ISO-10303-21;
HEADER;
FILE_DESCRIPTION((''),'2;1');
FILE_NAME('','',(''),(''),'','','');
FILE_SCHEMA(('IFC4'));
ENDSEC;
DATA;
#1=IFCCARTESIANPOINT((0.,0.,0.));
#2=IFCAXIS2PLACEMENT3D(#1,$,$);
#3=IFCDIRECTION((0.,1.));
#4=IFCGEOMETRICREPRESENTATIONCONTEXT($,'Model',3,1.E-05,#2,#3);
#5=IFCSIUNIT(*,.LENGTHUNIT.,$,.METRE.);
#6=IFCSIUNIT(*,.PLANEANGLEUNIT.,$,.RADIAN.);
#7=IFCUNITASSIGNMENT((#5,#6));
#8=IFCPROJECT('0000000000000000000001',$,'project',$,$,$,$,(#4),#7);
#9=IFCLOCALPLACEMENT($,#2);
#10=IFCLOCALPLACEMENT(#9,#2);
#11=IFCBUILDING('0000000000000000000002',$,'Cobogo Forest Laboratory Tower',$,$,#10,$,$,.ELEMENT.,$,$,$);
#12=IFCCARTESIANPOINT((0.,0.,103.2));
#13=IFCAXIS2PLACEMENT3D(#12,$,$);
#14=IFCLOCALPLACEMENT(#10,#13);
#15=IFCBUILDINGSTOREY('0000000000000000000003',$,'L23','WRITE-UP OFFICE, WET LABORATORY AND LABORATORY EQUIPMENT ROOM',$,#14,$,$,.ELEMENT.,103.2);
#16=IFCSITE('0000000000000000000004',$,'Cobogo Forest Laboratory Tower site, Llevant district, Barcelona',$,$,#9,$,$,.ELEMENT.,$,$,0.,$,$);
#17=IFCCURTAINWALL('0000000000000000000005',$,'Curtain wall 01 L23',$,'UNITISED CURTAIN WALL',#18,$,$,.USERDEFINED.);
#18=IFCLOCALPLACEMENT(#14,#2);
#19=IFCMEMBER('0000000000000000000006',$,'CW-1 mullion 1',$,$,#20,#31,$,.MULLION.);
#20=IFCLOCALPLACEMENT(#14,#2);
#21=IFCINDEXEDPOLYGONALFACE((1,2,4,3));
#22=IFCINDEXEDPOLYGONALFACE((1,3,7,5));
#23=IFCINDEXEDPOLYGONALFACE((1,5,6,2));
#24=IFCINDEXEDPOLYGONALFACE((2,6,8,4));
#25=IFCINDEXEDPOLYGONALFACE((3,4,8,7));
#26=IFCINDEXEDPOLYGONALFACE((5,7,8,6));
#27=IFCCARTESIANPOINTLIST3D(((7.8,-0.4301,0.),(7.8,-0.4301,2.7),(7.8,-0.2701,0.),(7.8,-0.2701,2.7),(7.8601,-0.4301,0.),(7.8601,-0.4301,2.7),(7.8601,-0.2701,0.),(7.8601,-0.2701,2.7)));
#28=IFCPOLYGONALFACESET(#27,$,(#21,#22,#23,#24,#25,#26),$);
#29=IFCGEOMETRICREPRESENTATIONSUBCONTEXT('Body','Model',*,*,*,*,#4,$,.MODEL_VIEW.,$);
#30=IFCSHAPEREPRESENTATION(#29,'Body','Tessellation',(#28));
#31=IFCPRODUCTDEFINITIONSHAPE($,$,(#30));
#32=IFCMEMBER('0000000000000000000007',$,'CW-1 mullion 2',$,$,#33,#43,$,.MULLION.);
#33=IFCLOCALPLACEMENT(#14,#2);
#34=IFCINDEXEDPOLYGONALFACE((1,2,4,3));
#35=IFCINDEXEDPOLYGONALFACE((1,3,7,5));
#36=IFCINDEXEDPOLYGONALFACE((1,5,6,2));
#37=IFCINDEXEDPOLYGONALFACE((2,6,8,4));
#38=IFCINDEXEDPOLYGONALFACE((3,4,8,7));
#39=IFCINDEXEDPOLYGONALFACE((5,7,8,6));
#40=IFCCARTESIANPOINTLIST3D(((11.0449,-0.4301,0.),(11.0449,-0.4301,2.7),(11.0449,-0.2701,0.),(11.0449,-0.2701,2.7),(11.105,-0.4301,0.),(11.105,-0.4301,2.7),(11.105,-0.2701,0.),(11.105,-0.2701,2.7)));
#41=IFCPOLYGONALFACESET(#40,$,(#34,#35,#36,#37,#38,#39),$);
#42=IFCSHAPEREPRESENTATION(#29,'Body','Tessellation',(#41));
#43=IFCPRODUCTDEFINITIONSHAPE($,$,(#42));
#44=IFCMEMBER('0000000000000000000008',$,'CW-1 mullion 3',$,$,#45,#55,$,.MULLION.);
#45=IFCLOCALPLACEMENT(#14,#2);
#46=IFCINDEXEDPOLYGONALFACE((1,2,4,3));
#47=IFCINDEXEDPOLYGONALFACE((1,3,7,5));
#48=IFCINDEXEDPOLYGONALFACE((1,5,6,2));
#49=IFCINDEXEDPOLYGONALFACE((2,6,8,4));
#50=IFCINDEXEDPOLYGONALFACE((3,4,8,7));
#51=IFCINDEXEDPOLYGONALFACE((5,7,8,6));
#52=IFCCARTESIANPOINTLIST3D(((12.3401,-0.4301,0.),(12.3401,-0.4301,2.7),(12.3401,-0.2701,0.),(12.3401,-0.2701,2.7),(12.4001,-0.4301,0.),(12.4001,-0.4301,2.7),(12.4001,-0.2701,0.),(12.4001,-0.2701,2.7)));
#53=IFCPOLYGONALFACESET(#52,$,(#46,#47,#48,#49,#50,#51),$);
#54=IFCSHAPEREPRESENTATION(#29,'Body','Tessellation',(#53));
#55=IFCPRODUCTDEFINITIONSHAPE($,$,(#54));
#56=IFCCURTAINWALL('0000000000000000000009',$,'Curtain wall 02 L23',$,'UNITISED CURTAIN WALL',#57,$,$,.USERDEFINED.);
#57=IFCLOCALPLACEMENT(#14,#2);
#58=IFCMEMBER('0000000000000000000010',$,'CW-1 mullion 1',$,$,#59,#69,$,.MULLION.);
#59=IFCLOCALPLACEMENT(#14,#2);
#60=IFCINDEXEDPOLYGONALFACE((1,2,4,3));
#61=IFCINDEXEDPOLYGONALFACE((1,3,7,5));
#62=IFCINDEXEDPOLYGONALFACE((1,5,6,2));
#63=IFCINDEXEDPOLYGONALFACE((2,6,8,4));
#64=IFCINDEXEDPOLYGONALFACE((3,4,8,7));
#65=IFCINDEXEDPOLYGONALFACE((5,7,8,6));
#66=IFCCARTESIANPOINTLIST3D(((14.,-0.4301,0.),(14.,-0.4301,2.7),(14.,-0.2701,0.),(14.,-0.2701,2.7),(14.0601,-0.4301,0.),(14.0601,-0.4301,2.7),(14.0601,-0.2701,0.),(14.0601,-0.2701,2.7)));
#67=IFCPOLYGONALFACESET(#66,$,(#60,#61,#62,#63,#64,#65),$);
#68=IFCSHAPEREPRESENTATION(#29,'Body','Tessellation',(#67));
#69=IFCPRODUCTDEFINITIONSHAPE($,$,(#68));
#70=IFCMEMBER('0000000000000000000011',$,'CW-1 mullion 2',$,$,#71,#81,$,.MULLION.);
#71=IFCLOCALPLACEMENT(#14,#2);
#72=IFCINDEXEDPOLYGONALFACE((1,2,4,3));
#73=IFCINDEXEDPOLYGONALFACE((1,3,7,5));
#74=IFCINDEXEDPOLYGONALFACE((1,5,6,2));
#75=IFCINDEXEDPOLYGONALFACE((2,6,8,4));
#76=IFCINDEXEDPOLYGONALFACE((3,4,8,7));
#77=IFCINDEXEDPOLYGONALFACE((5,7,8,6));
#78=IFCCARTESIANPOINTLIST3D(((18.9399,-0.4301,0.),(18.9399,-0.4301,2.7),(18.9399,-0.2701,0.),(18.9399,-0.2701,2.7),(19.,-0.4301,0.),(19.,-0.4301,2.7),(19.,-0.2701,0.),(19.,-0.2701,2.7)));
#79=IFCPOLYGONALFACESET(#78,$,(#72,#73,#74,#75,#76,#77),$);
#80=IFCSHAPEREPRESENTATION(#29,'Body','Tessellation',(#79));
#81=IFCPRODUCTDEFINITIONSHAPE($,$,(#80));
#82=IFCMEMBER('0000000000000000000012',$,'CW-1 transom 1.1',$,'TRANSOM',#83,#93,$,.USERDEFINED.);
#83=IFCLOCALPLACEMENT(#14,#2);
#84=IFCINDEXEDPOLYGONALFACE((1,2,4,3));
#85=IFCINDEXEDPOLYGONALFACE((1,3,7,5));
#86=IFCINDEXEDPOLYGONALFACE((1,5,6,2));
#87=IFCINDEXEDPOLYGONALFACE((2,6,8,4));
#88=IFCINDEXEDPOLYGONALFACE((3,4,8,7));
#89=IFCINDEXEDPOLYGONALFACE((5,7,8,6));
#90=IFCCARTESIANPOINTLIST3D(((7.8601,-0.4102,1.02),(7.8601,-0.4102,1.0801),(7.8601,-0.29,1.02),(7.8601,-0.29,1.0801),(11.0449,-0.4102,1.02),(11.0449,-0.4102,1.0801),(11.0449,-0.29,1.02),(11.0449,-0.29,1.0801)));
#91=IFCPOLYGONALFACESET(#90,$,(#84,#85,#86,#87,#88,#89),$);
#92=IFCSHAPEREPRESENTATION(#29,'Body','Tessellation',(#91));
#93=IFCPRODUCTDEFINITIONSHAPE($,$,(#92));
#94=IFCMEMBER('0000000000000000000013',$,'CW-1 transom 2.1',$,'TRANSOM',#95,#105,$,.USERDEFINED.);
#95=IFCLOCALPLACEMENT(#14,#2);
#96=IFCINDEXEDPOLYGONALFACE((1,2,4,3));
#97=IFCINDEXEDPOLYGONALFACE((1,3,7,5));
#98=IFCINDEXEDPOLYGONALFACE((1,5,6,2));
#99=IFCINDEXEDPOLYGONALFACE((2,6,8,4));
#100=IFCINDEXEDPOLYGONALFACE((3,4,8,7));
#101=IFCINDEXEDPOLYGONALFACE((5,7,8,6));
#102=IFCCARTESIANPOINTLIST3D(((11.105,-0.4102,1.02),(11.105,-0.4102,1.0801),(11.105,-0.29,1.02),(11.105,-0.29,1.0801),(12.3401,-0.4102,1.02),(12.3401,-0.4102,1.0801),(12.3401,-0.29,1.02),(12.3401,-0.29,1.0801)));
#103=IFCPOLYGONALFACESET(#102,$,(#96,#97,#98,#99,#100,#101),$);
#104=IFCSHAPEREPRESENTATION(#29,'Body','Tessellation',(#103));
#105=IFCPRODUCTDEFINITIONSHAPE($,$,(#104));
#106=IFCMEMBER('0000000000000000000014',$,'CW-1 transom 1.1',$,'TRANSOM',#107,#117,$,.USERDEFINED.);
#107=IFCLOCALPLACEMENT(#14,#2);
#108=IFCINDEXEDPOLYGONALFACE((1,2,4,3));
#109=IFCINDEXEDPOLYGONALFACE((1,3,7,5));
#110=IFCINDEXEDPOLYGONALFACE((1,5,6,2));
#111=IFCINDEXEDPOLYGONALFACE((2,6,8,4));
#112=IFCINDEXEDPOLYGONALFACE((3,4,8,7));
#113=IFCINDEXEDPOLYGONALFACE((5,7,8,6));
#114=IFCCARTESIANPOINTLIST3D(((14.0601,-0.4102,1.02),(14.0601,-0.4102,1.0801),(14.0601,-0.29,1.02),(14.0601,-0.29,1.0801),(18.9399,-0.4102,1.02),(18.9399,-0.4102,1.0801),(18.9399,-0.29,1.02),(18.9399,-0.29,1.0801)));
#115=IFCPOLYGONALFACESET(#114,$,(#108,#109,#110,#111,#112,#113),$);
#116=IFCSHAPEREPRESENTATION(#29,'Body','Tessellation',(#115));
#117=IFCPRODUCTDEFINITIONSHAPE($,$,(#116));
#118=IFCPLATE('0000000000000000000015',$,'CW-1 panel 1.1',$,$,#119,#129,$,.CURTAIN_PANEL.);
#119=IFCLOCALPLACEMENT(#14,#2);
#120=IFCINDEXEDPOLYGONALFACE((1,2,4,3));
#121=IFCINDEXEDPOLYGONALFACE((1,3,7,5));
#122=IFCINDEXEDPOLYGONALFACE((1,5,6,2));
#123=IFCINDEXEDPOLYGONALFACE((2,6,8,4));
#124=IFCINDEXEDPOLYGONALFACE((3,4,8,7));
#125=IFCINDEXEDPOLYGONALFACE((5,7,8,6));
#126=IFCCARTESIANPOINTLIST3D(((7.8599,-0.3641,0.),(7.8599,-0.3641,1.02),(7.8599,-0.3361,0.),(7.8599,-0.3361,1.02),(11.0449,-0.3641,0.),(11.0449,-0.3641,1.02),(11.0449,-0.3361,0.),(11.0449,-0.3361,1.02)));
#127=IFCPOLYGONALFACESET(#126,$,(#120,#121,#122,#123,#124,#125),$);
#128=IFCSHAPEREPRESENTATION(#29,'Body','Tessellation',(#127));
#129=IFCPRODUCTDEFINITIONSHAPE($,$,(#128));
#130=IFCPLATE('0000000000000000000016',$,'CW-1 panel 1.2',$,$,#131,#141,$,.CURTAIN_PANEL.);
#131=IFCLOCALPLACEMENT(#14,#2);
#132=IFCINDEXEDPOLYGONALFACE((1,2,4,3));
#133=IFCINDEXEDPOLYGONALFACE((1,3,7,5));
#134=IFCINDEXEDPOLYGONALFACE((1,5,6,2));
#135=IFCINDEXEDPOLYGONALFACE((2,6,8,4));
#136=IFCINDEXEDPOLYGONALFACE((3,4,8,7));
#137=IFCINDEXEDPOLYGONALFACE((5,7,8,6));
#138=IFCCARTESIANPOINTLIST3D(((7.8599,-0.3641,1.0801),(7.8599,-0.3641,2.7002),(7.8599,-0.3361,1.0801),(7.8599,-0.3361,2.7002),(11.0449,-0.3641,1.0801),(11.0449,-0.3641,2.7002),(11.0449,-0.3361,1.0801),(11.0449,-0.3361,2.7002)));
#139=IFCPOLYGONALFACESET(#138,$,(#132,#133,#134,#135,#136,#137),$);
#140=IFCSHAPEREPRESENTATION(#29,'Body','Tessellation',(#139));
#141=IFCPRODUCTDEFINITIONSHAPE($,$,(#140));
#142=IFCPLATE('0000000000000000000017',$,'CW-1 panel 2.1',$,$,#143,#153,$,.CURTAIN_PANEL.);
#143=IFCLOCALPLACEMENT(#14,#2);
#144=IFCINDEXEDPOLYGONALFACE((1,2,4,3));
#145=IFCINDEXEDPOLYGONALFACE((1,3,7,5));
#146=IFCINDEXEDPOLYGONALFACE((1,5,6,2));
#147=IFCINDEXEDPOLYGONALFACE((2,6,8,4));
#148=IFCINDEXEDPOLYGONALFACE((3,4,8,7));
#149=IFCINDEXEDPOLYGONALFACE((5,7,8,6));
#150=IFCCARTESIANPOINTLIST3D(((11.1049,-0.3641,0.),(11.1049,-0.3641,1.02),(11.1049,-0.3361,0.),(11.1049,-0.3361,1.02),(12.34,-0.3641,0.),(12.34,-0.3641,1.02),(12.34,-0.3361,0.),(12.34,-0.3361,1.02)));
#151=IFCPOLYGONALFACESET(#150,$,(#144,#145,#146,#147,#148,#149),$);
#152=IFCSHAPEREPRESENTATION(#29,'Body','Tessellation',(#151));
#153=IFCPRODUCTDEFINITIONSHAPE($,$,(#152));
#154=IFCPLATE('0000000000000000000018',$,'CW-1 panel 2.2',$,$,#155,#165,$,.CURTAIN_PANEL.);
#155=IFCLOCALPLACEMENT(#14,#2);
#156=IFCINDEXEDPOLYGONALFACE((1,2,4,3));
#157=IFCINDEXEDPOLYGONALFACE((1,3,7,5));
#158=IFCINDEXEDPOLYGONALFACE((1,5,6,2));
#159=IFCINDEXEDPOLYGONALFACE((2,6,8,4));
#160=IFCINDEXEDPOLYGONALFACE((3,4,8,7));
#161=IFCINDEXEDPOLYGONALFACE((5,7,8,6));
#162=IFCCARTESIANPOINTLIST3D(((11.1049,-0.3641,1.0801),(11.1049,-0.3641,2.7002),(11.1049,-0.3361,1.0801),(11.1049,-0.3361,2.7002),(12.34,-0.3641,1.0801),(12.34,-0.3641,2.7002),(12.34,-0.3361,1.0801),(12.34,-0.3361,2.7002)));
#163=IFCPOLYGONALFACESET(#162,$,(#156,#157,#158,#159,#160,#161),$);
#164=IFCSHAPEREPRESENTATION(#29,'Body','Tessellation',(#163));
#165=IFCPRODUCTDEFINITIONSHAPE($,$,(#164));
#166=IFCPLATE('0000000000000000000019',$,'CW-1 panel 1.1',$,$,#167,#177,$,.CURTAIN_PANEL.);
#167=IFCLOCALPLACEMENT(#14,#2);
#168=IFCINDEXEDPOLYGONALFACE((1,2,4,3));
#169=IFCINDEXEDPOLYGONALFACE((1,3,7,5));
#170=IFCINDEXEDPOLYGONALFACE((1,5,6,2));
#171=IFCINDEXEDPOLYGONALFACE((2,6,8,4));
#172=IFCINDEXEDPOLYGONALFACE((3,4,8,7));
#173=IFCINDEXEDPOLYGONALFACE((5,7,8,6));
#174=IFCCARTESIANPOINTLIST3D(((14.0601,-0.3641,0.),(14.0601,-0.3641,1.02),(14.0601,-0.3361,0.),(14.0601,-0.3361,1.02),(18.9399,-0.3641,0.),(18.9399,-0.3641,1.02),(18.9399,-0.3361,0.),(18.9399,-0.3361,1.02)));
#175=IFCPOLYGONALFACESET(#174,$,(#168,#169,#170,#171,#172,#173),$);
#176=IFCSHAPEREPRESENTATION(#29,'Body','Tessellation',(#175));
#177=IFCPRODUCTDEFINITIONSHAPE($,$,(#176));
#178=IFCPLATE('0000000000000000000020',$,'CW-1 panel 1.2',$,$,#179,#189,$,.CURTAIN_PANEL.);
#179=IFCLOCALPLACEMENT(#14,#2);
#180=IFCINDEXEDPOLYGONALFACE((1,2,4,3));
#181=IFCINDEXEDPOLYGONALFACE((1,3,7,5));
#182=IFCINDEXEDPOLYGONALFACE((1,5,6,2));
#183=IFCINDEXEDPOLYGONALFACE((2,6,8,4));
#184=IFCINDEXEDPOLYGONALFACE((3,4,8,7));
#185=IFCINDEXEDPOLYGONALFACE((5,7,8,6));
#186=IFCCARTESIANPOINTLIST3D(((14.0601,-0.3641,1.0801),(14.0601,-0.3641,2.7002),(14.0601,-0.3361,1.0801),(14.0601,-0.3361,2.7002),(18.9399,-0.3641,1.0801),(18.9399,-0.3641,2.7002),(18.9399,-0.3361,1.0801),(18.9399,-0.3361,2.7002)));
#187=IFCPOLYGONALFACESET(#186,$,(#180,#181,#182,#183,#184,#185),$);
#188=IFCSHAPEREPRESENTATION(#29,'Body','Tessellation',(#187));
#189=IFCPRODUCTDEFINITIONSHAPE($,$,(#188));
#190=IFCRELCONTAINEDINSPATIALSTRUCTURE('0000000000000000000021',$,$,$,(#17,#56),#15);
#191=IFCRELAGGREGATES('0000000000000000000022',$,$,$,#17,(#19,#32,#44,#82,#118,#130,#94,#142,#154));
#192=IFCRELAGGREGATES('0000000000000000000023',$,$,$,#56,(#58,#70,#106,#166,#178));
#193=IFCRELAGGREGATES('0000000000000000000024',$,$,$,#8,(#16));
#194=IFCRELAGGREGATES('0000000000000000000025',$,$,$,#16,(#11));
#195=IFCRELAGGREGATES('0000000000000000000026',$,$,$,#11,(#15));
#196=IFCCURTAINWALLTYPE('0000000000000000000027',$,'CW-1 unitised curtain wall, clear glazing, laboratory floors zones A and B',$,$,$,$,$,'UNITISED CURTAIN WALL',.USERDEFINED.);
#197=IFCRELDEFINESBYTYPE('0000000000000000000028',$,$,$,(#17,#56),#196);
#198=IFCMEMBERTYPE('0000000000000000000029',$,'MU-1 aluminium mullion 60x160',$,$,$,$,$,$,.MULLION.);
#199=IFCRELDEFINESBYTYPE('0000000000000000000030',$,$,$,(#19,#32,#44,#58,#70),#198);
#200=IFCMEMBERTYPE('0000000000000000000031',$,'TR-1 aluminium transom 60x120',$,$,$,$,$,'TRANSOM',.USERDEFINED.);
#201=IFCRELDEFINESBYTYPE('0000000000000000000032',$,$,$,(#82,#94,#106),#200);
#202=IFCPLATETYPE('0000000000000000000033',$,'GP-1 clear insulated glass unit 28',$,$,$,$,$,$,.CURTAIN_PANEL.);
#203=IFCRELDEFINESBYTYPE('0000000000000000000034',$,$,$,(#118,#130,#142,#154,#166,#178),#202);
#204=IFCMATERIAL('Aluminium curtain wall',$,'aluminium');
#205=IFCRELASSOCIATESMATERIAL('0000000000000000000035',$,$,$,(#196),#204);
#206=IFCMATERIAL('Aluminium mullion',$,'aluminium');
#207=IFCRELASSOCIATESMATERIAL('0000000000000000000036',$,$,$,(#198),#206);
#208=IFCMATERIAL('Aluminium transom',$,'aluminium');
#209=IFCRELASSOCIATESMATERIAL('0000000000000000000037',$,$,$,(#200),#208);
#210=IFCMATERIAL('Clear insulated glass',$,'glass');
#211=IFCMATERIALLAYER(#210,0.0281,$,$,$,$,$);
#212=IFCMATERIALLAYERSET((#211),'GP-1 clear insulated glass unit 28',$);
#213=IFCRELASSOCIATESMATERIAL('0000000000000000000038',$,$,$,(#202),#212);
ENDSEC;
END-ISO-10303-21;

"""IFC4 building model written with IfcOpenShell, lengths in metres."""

from ifc_helpers import new_model, si_unit, direction, frame, origin, origin_2d, place, context, subcontext, project, spatial, rectangle, extrude, material, layer, layer_set, material_profile, profile_set, type_object, element, aggregate, save


model = new_model("IFC4")

# Units and contexts
model_context = context("Model", 3, precision=1e-05, world=origin(), true_north=direction((0.0, 1.0)))
body_context = subcontext(model_context, "Body", "Model", "MODEL_VIEW")
ifc_project = project(units=[si_unit("LENGTHUNIT", "METRE"), si_unit("PLANEANGLEUNIT", "RADIAN")], contexts=[model_context])

# Site, building, storey
site_placement = place(None, origin())
site = spatial("IfcSite", under=ifc_project, at=site_placement, Name="Cobogo Forest Laboratory Tower site, Llevant district, Barcelona", CompositionType="ELEMENT", RefElevation=0.0)
building_placement = place(site_placement, origin())
building = spatial("IfcBuilding", under=site, at=building_placement, Name="Cobogo Forest Laboratory Tower", CompositionType="ELEMENT")
storey_placement = place(building_placement, frame((0.0, 0.0, 103.2)))
storey = spatial("IfcBuildingStorey", under=building, at=storey_placement, Name="L23", Description="WRITE-UP OFFICE, WET LABORATORY AND LABORATORY EQUIPMENT ROOM", CompositionType="ELEMENT", Elevation=103.2)

# Curtain walls, members
ifc_material_1 = material(Name="Aluminium curtain wall", Category="aluminium")
curtain_wall_type = type_object("IfcCurtainWallType", Name="CW-1 unitised curtain wall, clear glazing, laboratory floors zones A and B", ElementType="UNITISED CURTAIN WALL", PredefinedType="USERDEFINED", material=ifc_material_1)
curtain_wall_1_placement = place(storey_placement, origin())
curtain_wall_1 = element("IfcCurtainWall", 1, at=curtain_wall_1_placement, inside=storey, type_object=curtain_wall_type, Name="Curtain wall 01 L23", ObjectType="UNITISED CURTAIN WALL", PredefinedType="USERDEFINED")
ifc_material_2 = material(Name="Aluminium mullion", Category="aluminium")
ifc_material_profile_1 = material_profile(ifc_material_2, rectangle(XDim=0.0601, YDim=0.1599, at=origin_2d()), Name="AL 60x160")
ifc_profile_set_1 = profile_set([ifc_material_profile_1], Name="Aluminium mullion")
member_type_1 = type_object("IfcMemberType", Name="MU-1 aluminium mullion 60x160", PredefinedType="MULLION", material=ifc_profile_set_1)
member_1_placement = place(storey_placement, frame((7.8301, -0.3501, 0.0), z_axis=(0.0, 0.0, 1.0), x_axis=(1.0, 0.0, 0.0)))
member_1 = element("IfcMember", 2, at=member_1_placement, type_object=member_type_1, Name="CW-1 mullion 1", PredefinedType="MULLION", context=body_context, shape_type="SweptSolid", body=[
    extrude(rectangle(XDim=0.0601, YDim=0.1599, at=origin_2d()), origin(), (0.0, 0.0, 1.0), 2.7),
])
member_2_placement = place(storey_placement, frame((11.075, -0.3501, 0.0), z_axis=(0.0, 0.0, 1.0), x_axis=(1.0, 0.0, 0.0)))
member_2 = element("IfcMember", 3, at=member_2_placement, type_object=member_type_1, Name="CW-1 mullion 2", PredefinedType="MULLION", context=body_context, shape_type="SweptSolid", body=[
    extrude(rectangle(XDim=0.0601, YDim=0.1599, at=origin_2d()), origin(), (0.0, 0.0, 1.0), 2.7),
])
member_3_placement = place(storey_placement, frame((12.3701, -0.3501, 0.0), z_axis=(0.0, 0.0, 1.0), x_axis=(1.0, 0.0, 0.0)))
member_3 = element("IfcMember", 4, at=member_3_placement, type_object=member_type_1, Name="CW-1 mullion 3", PredefinedType="MULLION", context=body_context, shape_type="SweptSolid", body=[
    extrude(rectangle(XDim=0.0601, YDim=0.1599, at=origin_2d()), origin(), (0.0, 0.0, 1.0), 2.7),
])
curtain_wall_2_placement = place(storey_placement, origin())
curtain_wall_2 = element("IfcCurtainWall", 5, at=curtain_wall_2_placement, inside=storey, type_object=curtain_wall_type, Name="Curtain wall 02 L23", ObjectType="UNITISED CURTAIN WALL", PredefinedType="USERDEFINED")
member_4_placement = place(storey_placement, frame((14.03, -0.3501, 0.0), z_axis=(0.0, 0.0, 1.0), x_axis=(1.0, 0.0, 0.0)))
member_4 = element("IfcMember", 6, at=member_4_placement, type_object=member_type_1, Name="CW-1 mullion 1", PredefinedType="MULLION", context=body_context, shape_type="SweptSolid", body=[
    extrude(rectangle(XDim=0.0601, YDim=0.1599, at=origin_2d()), origin(), (0.0, 0.0, 1.0), 2.7),
])
member_5_placement = place(storey_placement, frame((18.97, -0.3501, 0.0), z_axis=(0.0, 0.0, 1.0), x_axis=(1.0, 0.0, 0.0)))
member_5 = element("IfcMember", 7, at=member_5_placement, type_object=member_type_1, Name="CW-1 mullion 2", PredefinedType="MULLION", context=body_context, shape_type="SweptSolid", body=[
    extrude(rectangle(XDim=0.0601, YDim=0.1599, at=origin_2d()), origin(), (0.0, 0.0, 1.0), 2.7),
])

# Members
ifc_material_3 = material(Name="Aluminium transom", Category="aluminium")
ifc_material_profile_2 = material_profile(ifc_material_3, rectangle(XDim=0.1201, YDim=0.0601, at=origin_2d()), Name="AL 60x120")
ifc_profile_set_2 = profile_set([ifc_material_profile_2], Name="Aluminium transom")
member_type_2 = type_object("IfcMemberType", Name="TR-1 aluminium transom 60x120", ElementType="TRANSOM", PredefinedType="USERDEFINED", material=ifc_profile_set_2)
member_6_placement = place(storey_placement, frame((7.8601, -0.3501, 1.05), z_axis=(1.0, 0.0, 0.0), x_axis=(0.0, 1.0, 0.0)))
member_6 = element("IfcMember", 8, at=member_6_placement, type_object=member_type_2, Name="CW-1 transom 1.1", ObjectType="TRANSOM", PredefinedType="USERDEFINED", context=body_context, shape_type="SweptSolid", body=[
    extrude(rectangle(XDim=0.1201, YDim=0.0601, at=origin_2d()), origin(), (0.0, 0.0, 1.0), 3.1848),
])
member_7_placement = place(storey_placement, frame((11.105, -0.3501, 1.05), z_axis=(1.0, 0.0, 0.0), x_axis=(0.0, 1.0, 0.0)))
member_7 = element("IfcMember", 9, at=member_7_placement, type_object=member_type_2, Name="CW-1 transom 2.1", ObjectType="TRANSOM", PredefinedType="USERDEFINED", context=body_context, shape_type="SweptSolid", body=[
    extrude(rectangle(XDim=0.1201, YDim=0.0601, at=origin_2d()), origin(), (0.0, 0.0, 1.0), 1.2351),
])
member_8_placement = place(storey_placement, frame((14.0601, -0.3501, 1.05), z_axis=(1.0, 0.0, 0.0), x_axis=(0.0, 1.0, 0.0)))
member_8 = element("IfcMember", 10, at=member_8_placement, type_object=member_type_2, Name="CW-1 transom 1.1", ObjectType="TRANSOM", PredefinedType="USERDEFINED", context=body_context, shape_type="SweptSolid", body=[
    extrude(rectangle(XDim=0.1201, YDim=0.0601, at=origin_2d()), origin(), (0.0, 0.0, 1.0), 4.8799),
])

# Plates
ifc_material_4 = material(Name="Clear insulated glass", Category="glass")
ifc_layer_1 = layer(ifc_material_4, 0.0281)
ifc_layer_set_1 = layer_set([ifc_layer_1], Name="GP-1 clear insulated glass unit 28")
plate_type_1 = type_object("IfcPlateType", Name="GP-1 clear insulated glass unit 28", PredefinedType="CURTAIN_PANEL", material=ifc_layer_set_1)
plate_1_placement = place(storey_placement, frame((9.4524, -0.3501, 0.0), z_axis=(0.0, 0.0, 1.0), x_axis=(1.0, 0.0, 0.0)))
plate_1 = element("IfcPlate", 11, at=plate_1_placement, type_object=plate_type_1, Name="CW-1 panel 1.1", PredefinedType="CURTAIN_PANEL", context=body_context, shape_type="SweptSolid", body=[
    extrude(rectangle(XDim=3.1851, YDim=0.0281, at=origin_2d()), origin(), (0.0, 0.0, 1.0), 1.02),
])
plate_2_placement = place(storey_placement, frame((9.4524, -0.3501, 1.0801), z_axis=(0.0, 0.0, 1.0), x_axis=(1.0, 0.0, 0.0)))
plate_2 = element("IfcPlate", 12, at=plate_2_placement, type_object=plate_type_1, Name="CW-1 panel 1.2", PredefinedType="CURTAIN_PANEL", context=body_context, shape_type="SweptSolid", body=[
    extrude(rectangle(XDim=3.1851, YDim=0.0281, at=origin_2d()), origin(), (0.0, 0.0, 1.0), 1.6201),
])
plate_3_placement = place(storey_placement, frame((11.7224, -0.3501, 0.0), z_axis=(0.0, 0.0, 1.0), x_axis=(1.0, 0.0, 0.0)))
plate_3 = element("IfcPlate", 13, at=plate_3_placement, type_object=plate_type_1, Name="CW-1 panel 2.1", PredefinedType="CURTAIN_PANEL", context=body_context, shape_type="SweptSolid", body=[
    extrude(rectangle(XDim=1.2351, YDim=0.0281, at=origin_2d()), origin(), (0.0, 0.0, 1.0), 1.02),
])
plate_4_placement = place(storey_placement, frame((11.7224, -0.3501, 1.0801), z_axis=(0.0, 0.0, 1.0), x_axis=(1.0, 0.0, 0.0)))
plate_4 = element("IfcPlate", 14, at=plate_4_placement, type_object=plate_type_1, Name="CW-1 panel 2.2", PredefinedType="CURTAIN_PANEL", context=body_context, shape_type="SweptSolid", body=[
    extrude(rectangle(XDim=1.2351, YDim=0.0281, at=origin_2d()), origin(), (0.0, 0.0, 1.0), 1.6201),
])
aggregate(curtain_wall_1, [member_1, member_2, member_3, member_6, plate_1, plate_2, member_7, plate_3, plate_4])
plate_5_placement = place(storey_placement, frame((16.5, -0.3501, 0.0), z_axis=(0.0, 0.0, 1.0), x_axis=(1.0, 0.0, 0.0)))
plate_5 = element("IfcPlate", 15, at=plate_5_placement, type_object=plate_type_1, Name="CW-1 panel 1.1", PredefinedType="CURTAIN_PANEL", context=body_context, shape_type="SweptSolid", body=[
    extrude(rectangle(XDim=4.8799, YDim=0.0281, at=origin_2d()), origin(), (0.0, 0.0, 1.0), 1.02),
])
plate_6_placement = place(storey_placement, frame((16.5, -0.3501, 1.0801), z_axis=(0.0, 0.0, 1.0), x_axis=(1.0, 0.0, 0.0)))
plate_6 = element("IfcPlate", 16, at=plate_6_placement, type_object=plate_type_1, Name="CW-1 panel 1.2", PredefinedType="CURTAIN_PANEL", context=body_context, shape_type="SweptSolid", body=[
    extrude(rectangle(XDim=4.8799, YDim=0.0281, at=origin_2d()), origin(), (0.0, 0.0, 1.0), 1.6201),
])
aggregate(curtain_wall_2, [member_4, member_5, member_8, plate_5, plate_6])

save(model, "model.ifc")
